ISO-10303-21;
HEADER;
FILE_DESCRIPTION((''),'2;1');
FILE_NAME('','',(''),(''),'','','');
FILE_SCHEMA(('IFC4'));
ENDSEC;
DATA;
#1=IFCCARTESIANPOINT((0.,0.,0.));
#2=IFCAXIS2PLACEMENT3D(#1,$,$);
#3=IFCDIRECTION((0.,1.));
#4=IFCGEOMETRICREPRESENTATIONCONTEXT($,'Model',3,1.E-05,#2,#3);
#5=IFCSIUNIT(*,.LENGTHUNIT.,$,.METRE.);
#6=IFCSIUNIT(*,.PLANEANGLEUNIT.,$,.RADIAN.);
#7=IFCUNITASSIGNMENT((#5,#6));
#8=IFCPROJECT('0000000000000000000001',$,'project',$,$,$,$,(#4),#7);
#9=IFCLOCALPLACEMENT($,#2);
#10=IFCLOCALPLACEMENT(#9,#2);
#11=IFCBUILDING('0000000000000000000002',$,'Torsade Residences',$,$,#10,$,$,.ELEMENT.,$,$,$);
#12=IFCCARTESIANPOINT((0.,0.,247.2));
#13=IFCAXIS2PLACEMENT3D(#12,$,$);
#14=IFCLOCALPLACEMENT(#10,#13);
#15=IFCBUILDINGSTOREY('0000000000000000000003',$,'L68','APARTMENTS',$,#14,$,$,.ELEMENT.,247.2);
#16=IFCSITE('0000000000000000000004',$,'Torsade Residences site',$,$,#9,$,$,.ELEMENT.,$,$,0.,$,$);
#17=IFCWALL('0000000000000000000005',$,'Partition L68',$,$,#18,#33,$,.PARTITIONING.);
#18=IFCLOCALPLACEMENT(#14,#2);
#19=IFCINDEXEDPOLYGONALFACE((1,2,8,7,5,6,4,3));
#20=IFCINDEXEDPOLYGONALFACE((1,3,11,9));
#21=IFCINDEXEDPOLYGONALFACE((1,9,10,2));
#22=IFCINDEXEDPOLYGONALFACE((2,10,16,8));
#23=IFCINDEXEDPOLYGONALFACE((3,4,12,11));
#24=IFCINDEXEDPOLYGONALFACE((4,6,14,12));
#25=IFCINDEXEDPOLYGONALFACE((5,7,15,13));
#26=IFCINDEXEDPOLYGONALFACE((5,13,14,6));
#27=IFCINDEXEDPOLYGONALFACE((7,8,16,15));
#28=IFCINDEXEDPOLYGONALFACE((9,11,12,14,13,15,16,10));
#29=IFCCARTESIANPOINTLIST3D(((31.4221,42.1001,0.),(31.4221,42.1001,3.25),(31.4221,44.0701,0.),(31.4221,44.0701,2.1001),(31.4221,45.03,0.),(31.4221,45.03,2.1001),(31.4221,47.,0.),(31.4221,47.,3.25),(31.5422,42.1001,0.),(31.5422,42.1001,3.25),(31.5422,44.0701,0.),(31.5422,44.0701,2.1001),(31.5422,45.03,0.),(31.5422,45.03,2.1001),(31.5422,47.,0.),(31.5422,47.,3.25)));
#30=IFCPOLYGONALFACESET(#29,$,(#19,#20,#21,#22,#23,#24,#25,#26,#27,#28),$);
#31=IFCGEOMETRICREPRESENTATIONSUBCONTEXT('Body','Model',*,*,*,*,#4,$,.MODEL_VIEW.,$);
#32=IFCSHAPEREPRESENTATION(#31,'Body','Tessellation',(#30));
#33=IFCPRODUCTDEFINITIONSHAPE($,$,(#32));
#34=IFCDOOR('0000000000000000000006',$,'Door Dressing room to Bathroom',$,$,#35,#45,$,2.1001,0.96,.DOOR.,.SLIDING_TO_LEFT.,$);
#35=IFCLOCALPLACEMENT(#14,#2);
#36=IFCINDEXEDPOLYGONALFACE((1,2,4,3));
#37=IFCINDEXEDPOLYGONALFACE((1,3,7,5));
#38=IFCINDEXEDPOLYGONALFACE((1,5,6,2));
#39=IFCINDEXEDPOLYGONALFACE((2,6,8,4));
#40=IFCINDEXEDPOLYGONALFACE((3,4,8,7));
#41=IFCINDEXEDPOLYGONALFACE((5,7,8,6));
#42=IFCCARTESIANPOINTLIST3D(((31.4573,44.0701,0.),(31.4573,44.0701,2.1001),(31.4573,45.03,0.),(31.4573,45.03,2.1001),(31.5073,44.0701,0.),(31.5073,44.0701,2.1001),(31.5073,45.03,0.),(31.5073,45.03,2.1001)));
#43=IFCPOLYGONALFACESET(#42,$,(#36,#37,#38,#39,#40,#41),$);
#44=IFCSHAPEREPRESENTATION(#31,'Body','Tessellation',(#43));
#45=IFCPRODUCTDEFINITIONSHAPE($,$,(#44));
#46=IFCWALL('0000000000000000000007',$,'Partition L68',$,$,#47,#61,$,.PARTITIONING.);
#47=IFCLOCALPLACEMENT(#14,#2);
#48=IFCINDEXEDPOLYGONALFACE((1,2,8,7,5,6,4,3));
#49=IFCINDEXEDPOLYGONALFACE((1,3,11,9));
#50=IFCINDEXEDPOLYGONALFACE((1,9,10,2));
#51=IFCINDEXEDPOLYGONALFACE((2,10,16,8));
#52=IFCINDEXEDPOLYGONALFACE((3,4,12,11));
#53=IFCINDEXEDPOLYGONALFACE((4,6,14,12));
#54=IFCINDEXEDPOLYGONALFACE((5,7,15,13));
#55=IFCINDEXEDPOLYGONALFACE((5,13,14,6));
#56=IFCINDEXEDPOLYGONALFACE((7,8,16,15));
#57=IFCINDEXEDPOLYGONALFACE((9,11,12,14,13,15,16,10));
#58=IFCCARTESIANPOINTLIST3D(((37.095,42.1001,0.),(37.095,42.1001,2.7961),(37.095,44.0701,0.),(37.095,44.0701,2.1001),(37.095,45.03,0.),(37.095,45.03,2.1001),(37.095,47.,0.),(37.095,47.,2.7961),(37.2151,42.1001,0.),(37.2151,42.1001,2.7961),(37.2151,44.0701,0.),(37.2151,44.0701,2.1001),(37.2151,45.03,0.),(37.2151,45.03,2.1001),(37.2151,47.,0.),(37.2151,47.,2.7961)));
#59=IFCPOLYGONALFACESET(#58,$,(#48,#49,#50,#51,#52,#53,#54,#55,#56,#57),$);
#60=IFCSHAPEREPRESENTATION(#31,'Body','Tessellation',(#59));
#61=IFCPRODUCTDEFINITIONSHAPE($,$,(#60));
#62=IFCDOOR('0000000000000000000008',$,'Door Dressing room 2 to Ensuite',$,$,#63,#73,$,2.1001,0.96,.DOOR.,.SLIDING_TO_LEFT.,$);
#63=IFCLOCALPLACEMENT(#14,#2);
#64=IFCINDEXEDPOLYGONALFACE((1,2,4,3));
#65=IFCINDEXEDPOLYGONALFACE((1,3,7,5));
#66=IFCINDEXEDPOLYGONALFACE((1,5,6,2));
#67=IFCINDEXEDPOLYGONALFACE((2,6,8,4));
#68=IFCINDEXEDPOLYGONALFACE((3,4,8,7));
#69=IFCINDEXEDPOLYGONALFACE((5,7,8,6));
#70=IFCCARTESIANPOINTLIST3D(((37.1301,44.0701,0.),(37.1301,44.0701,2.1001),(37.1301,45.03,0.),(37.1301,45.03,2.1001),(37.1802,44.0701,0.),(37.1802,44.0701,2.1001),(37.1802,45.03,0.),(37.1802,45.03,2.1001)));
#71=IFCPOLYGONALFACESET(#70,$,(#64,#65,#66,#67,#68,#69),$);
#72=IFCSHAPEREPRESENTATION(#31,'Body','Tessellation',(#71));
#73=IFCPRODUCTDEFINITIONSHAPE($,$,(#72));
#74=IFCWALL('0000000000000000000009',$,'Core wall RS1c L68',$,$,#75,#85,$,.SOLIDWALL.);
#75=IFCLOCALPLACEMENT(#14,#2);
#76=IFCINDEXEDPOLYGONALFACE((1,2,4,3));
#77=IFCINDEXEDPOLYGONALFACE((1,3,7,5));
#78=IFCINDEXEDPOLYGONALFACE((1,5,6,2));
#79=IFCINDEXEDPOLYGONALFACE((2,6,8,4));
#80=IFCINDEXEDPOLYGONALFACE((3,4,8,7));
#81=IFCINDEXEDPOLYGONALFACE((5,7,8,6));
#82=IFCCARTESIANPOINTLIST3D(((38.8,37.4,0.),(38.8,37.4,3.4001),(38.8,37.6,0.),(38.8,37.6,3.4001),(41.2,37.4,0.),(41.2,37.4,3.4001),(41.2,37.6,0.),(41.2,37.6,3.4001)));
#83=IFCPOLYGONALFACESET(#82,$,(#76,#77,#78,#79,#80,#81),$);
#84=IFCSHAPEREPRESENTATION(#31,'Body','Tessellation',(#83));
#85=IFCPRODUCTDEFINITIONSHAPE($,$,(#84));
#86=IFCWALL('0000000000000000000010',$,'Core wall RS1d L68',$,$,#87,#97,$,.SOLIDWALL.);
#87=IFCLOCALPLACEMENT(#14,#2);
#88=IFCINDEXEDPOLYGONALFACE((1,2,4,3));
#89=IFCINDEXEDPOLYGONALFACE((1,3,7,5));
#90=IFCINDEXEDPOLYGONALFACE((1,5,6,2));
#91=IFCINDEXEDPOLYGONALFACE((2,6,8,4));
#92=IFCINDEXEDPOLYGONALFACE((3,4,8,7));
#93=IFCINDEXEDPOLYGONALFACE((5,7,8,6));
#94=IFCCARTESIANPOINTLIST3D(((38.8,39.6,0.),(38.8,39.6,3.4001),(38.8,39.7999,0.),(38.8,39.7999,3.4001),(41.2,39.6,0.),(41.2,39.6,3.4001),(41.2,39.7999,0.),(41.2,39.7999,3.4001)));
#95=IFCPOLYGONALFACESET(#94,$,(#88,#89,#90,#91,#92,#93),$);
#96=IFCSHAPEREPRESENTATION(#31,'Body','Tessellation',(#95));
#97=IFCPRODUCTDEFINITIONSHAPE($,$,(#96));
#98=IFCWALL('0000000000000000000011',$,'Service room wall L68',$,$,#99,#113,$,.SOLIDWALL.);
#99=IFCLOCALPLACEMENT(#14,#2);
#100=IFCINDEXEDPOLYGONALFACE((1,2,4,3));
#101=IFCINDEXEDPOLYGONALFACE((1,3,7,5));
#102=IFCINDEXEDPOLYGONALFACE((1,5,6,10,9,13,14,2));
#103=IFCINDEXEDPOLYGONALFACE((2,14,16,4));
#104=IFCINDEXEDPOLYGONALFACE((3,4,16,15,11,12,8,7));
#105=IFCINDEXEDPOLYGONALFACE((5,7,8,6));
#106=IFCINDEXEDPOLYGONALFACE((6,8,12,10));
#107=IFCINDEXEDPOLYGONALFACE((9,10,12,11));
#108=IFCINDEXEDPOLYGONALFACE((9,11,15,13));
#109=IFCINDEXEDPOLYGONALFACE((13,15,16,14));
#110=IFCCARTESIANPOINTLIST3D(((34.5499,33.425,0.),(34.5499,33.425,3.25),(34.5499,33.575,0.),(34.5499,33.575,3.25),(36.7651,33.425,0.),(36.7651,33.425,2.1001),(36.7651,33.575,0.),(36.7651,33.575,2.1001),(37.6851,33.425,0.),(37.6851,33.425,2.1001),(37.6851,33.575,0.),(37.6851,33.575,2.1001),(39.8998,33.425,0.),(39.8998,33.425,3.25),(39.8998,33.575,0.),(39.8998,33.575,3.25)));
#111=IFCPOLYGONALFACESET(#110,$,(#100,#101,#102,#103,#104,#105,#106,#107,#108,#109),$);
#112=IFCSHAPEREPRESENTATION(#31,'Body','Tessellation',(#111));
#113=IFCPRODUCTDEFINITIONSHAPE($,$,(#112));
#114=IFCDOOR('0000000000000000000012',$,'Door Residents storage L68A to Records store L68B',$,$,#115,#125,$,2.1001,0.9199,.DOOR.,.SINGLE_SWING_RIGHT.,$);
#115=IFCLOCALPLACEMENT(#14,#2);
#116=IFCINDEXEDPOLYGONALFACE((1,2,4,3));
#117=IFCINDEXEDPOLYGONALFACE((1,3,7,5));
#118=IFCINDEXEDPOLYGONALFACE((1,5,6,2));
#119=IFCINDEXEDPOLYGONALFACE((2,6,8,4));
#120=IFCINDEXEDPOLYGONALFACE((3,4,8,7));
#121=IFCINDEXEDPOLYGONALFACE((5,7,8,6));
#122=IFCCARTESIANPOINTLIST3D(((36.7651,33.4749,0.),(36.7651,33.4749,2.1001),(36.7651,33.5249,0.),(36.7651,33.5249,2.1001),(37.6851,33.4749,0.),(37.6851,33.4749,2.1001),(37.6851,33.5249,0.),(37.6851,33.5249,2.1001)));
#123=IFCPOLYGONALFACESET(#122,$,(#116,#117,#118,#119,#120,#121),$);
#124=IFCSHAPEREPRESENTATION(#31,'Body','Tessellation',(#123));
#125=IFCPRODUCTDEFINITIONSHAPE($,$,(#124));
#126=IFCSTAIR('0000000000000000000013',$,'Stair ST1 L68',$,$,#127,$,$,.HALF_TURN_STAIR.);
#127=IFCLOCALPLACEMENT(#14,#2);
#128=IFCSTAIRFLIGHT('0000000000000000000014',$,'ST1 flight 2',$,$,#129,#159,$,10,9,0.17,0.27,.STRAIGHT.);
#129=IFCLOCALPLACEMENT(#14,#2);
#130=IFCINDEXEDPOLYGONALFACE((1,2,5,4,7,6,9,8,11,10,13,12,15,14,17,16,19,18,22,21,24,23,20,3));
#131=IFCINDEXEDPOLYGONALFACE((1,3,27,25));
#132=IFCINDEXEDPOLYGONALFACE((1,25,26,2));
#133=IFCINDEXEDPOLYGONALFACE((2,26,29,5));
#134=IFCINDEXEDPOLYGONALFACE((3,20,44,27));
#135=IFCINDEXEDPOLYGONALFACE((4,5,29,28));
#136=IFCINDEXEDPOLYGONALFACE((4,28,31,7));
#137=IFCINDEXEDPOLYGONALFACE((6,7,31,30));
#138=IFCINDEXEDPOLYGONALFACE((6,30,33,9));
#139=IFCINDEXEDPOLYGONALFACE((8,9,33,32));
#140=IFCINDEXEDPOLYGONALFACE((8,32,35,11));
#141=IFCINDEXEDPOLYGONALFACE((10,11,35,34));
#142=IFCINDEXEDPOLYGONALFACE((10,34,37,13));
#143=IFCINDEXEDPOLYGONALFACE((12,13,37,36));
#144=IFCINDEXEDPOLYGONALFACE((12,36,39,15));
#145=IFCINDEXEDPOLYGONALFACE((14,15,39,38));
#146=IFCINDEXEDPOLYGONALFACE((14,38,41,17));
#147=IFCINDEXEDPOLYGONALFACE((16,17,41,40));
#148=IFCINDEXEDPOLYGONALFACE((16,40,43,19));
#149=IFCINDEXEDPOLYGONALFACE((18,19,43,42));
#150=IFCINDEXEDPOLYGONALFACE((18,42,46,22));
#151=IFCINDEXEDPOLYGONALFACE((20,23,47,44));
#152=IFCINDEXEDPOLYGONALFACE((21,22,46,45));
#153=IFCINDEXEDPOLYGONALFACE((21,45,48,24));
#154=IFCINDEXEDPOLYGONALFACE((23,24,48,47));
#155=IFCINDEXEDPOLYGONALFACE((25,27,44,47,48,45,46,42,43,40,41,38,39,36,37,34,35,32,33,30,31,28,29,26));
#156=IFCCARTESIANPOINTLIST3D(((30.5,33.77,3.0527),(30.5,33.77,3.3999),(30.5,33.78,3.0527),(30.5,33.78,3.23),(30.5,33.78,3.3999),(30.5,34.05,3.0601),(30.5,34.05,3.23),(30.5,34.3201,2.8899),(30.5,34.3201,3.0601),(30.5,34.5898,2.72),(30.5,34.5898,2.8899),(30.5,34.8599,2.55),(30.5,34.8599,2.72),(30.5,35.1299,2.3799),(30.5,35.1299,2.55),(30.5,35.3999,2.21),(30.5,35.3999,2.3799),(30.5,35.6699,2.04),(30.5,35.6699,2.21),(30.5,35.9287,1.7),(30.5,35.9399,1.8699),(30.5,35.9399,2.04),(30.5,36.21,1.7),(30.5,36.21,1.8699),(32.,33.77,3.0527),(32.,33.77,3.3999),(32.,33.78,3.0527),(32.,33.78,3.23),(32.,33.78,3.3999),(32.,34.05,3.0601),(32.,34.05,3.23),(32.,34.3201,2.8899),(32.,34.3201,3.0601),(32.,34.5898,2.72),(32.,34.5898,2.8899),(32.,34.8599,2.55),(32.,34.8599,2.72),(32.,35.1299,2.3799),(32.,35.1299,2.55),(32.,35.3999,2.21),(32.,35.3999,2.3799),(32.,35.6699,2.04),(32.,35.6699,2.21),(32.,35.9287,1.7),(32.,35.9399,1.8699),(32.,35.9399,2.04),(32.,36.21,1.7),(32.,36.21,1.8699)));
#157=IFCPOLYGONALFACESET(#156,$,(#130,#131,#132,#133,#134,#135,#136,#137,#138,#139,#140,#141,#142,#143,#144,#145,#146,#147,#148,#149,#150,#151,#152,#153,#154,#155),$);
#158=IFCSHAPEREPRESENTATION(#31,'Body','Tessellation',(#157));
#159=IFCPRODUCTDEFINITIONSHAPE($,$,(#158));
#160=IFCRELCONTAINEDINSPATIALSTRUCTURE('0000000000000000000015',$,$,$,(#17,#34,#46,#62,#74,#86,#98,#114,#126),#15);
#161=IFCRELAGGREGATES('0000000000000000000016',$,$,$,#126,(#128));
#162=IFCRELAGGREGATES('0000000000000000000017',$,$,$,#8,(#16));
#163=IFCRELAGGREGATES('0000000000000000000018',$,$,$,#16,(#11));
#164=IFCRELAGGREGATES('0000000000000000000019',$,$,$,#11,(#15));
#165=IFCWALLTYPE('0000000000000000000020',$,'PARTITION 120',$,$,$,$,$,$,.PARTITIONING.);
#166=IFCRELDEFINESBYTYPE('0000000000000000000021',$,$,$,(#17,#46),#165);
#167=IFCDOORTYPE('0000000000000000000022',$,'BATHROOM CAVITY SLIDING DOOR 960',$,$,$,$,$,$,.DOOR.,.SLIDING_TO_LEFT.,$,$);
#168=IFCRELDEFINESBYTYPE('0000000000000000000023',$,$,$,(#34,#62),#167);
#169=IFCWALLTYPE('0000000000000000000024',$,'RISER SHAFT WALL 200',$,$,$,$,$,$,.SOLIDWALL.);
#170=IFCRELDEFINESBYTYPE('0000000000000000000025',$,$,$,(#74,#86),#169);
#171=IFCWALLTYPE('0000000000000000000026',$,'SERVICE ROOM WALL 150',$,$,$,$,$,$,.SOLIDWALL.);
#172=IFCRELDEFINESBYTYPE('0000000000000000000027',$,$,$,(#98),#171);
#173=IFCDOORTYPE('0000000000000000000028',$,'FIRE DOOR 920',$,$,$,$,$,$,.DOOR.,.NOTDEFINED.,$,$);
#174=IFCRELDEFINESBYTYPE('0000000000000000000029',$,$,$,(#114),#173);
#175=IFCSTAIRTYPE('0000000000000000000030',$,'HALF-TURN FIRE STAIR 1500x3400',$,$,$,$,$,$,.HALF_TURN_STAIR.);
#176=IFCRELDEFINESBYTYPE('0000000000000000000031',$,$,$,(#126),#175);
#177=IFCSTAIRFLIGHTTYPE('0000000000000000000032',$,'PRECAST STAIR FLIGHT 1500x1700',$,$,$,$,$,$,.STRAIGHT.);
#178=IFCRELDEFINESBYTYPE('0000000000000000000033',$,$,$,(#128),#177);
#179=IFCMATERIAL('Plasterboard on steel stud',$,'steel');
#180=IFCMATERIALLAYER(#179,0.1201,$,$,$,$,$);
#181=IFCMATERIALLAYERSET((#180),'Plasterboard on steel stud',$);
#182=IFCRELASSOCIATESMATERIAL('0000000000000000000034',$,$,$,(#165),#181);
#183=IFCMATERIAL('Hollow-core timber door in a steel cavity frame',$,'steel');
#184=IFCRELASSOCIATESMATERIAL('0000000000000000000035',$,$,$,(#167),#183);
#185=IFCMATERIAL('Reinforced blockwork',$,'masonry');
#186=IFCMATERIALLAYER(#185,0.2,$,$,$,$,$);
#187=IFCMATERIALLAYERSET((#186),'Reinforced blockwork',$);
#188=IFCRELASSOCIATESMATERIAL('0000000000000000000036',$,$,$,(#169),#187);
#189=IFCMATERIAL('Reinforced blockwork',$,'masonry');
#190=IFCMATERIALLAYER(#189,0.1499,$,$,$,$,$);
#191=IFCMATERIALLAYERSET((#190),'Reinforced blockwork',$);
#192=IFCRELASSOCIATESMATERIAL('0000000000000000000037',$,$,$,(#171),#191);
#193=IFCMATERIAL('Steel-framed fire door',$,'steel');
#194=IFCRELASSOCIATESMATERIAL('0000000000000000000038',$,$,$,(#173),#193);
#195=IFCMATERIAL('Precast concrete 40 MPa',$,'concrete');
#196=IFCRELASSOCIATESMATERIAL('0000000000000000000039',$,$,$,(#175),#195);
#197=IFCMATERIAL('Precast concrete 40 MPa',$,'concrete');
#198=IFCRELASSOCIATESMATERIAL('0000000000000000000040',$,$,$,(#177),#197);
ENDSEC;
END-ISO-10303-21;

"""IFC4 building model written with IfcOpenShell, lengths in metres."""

from ifc_helpers import new_model, si_unit, direction, frame, frame_2d, origin, place, context, subcontext, project, spatial, polyline, rectangle, outline, extrude, material, layer, layer_set, type_object, element, fill, aggregate, save


model = new_model("IFC4")

# Units and contexts
model_context = context("Model", 3, precision=1e-05, world=origin(), true_north=direction((0.0, 1.0)))
body_context = subcontext(model_context, "Body", "Model", "MODEL_VIEW")
ifc_project = project(units=[si_unit("LENGTHUNIT", "METRE"), si_unit("PLANEANGLEUNIT", "RADIAN")], contexts=[model_context])

# Site, building, storey
site_placement = place(None, origin())
site = spatial("IfcSite", under=ifc_project, at=site_placement, Name="Torsade Residences site", CompositionType="ELEMENT", RefElevation=0.0)
building_placement = place(site_placement, origin())
building = spatial("IfcBuilding", under=site, at=building_placement, Name="Torsade Residences", CompositionType="ELEMENT")
storey_placement = place(building_placement, frame((0.0, 0.0, 247.2)))
storey = spatial("IfcBuildingStorey", under=building, at=storey_placement, Name="L68", Description="APARTMENTS", CompositionType="ELEMENT", Elevation=247.2)

# Walls, openings, doors
ifc_material_1 = material(Name="Plasterboard on steel stud", Category="steel")
ifc_layer_1 = layer(ifc_material_1, 0.1201)
ifc_layer_set_1 = layer_set([ifc_layer_1], Name="Plasterboard on steel stud")
wall_type_1 = type_object("IfcWallType", Name="PARTITION 120", PredefinedType="PARTITIONING", material=ifc_layer_set_1)
wall_1_placement = place(storey_placement, frame((31.4822, 42.1001, 0.0), z_axis=(0.0, 0.0, 1.0), x_axis=(0.0, 1.0, 0.0)))
wall_1 = element("IfcWall", 1, at=wall_1_placement, inside=storey, type_object=wall_type_1, Name="Partition L68", PredefinedType="PARTITIONING", context=body_context, shape_type="SweptSolid", body=[
    extrude(rectangle(XDim=4.8999, YDim=0.1201, at=frame_2d((2.45, 0.0))), origin(), (0.0, 0.0, 1.0), 3.25),
])
opening_1_placement = place(wall_1_placement, frame((1.97, 0.0, 0.0)))
opening_1 = element("IfcOpeningElement", 2, at=opening_1_placement, cuts=wall_1, PredefinedType="OPENING", context=body_context, shape_type="SweptSolid", body=[
    extrude(rectangle(XDim=0.96, YDim=2.1001, at=frame_2d((0.48, 1.05))), frame((0.0, 0.0701, 0.0), z_axis=(0.0, -1.0, 0.0), x_axis=(1.0, 0.0, 0.0)), (0.0, 0.0, 1.0), 0.1401),
])
ifc_material_2 = material(Name="Hollow-core timber door in a steel cavity frame", Category="steel")
door_type_1 = type_object("IfcDoorType", Name="BATHROOM CAVITY SLIDING DOOR 960", OperationType="SLIDING_TO_LEFT", PredefinedType="DOOR", material=ifc_material_2)
door_1_placement = place(opening_1_placement, origin())
door_1 = element("IfcDoor", 3, at=door_1_placement, inside=storey, type_object=door_type_1, Name="Door Dressing room to Bathroom", OperationType="SLIDING_TO_LEFT", OverallHeight=2.1001, OverallWidth=0.96, PredefinedType="DOOR", context=body_context, shape_type="SweptSolid", body=[
    extrude(rectangle(XDim=0.96, YDim=2.1001, at=frame_2d((0.48, 1.05))), frame((0.0, 0.0249, 0.0), z_axis=(0.0, -1.0, 0.0), x_axis=(1.0, 0.0, 0.0)), (0.0, 0.0, 1.0), 0.05),
])
fill(opening_1, door_1)
wall_2_placement = place(storey_placement, frame((37.155, 42.1001, 0.0), z_axis=(0.0, 0.0, 1.0), x_axis=(0.0, 1.0, 0.0)))
wall_2 = element("IfcWall", 4, at=wall_2_placement, inside=storey, type_object=wall_type_1, Name="Partition L68", PredefinedType="PARTITIONING", context=body_context, shape_type="SweptSolid", body=[
    extrude(rectangle(XDim=4.8999, YDim=0.1201, at=frame_2d((2.45, 0.0))), origin(), (0.0, 0.0, 1.0), 2.7961),
])
opening_2_placement = place(wall_2_placement, frame((1.97, 0.0, 0.0)))
opening_2 = element("IfcOpeningElement", 5, at=opening_2_placement, cuts=wall_2, PredefinedType="OPENING", context=body_context, shape_type="SweptSolid", body=[
    extrude(rectangle(XDim=0.96, YDim=2.1001, at=frame_2d((0.48, 1.05))), frame((0.0, 0.0701, 0.0), z_axis=(0.0, -1.0, 0.0), x_axis=(1.0, 0.0, 0.0)), (0.0, 0.0, 1.0), 0.1401),
])
door_2_placement = place(opening_2_placement, origin())
door_2 = element("IfcDoor", 6, at=door_2_placement, inside=storey, type_object=door_type_1, Name="Door Dressing room 2 to Ensuite", OperationType="SLIDING_TO_LEFT", OverallHeight=2.1001, OverallWidth=0.96, PredefinedType="DOOR", context=body_context, shape_type="SweptSolid", body=[
    extrude(rectangle(XDim=0.96, YDim=2.1001, at=frame_2d((0.48, 1.05))), frame((0.0, 0.0249, 0.0), z_axis=(0.0, -1.0, 0.0), x_axis=(1.0, 0.0, 0.0)), (0.0, 0.0, 1.0), 0.05),
])
fill(opening_2, door_2)

# Walls
ifc_material_3 = material(Name="Reinforced blockwork", Category="masonry")
ifc_layer_2 = layer(ifc_material_3, 0.2)
ifc_layer_set_2 = layer_set([ifc_layer_2], Name="Reinforced blockwork")
wall_type_2 = type_object("IfcWallType", Name="RISER SHAFT WALL 200", PredefinedType="SOLIDWALL", material=ifc_layer_set_2)
for number, where, z_axis, x_axis, name in (
    (7, (38.8, 37.5, 0.0), (0.0, 0.0, 1.0), (1.0, 0.0, 0.0), "Core wall RS1c L68"),
    (8, (38.8, 39.7, 0.0), (0.0, 0.0, 1.0), (1.0, 0.0, 0.0), "Core wall RS1d L68"),
):
    element("IfcWall", number, at=place(storey_placement, frame(where, z_axis=z_axis, x_axis=x_axis)), inside=storey, type_object=wall_type_2, Name=name, PredefinedType="SOLIDWALL", context=body_context, shape_type="SweptSolid", body=[
        extrude(rectangle(XDim=2.3999, YDim=0.2, at=frame_2d((1.2, 0.0))), origin(), (0.0, 0.0, 1.0), 3.4001),
    ])

# Wall, opening, door
ifc_material_4 = material(Name="Reinforced blockwork", Category="masonry")
ifc_layer_3 = layer(ifc_material_4, 0.1499)
ifc_layer_set_3 = layer_set([ifc_layer_3], Name="Reinforced blockwork")
wall_type_3 = type_object("IfcWallType", Name="SERVICE ROOM WALL 150", PredefinedType="SOLIDWALL", material=ifc_layer_set_3)
wall_3_placement = place(storey_placement, frame((34.55, 33.5, 0.0), z_axis=(0.0, 0.0, 1.0), x_axis=(1.0, 0.0, 0.0)))
wall_3 = element("IfcWall", 9, at=wall_3_placement, inside=storey, type_object=wall_type_3, Name="Service room wall L68", PredefinedType="SOLIDWALL", context=body_context, shape_type="SweptSolid", body=[
    extrude(rectangle(XDim=5.3499, YDim=0.1499, at=frame_2d((2.6748, 0.0))), origin(), (0.0, 0.0, 1.0), 3.25),
])
opening_3_placement = place(wall_3_placement, frame((2.2151, 0.0, 0.0)))
opening_3 = element("IfcOpeningElement", 10, at=opening_3_placement, cuts=wall_3, PredefinedType="OPENING", context=body_context, shape_type="SweptSolid", body=[
    extrude(rectangle(XDim=0.9199, YDim=2.1001, at=frame_2d((0.46, 1.05))), frame((0.0, 0.085, 0.0), z_axis=(0.0, -1.0, 0.0), x_axis=(1.0, 0.0, 0.0)), (0.0, 0.0, 1.0), 0.1699),
])
ifc_material_5 = material(Name="Steel-framed fire door", Category="steel")
door_type_2 = type_object("IfcDoorType", Name="FIRE DOOR 920", OperationType="NOTDEFINED", PredefinedType="DOOR", material=ifc_material_5)
door_3_placement = place(opening_3_placement, origin())
door_3 = element("IfcDoor", 11, at=door_3_placement, inside=storey, type_object=door_type_2, Name="Door Residents storage L68A to Records store L68B", OperationType="SINGLE_SWING_RIGHT", OverallHeight=2.1001, OverallWidth=0.9199, PredefinedType="DOOR", context=body_context, shape_type="SweptSolid", body=[
    extrude(rectangle(XDim=0.9199, YDim=2.1001, at=frame_2d((0.46, 1.05))), frame((0.0, 0.0249, 0.0), z_axis=(0.0, -1.0, 0.0), x_axis=(1.0, 0.0, 0.0)), (0.0, 0.0, 1.0), 0.05),
])
fill(opening_3, door_3)

# Stair, stair flight
ifc_material_6 = material(Name="Precast concrete 40 MPa", Category="concrete")
stair_type = type_object("IfcStairType", Name="HALF-TURN FIRE STAIR 1500x3400", PredefinedType="HALF_TURN_STAIR", material=ifc_material_6)
stair_placement = place(storey_placement, origin())
stair = element("IfcStair", 12, at=stair_placement, inside=storey, type_object=stair_type, Name="Stair ST1 L68", PredefinedType="HALF_TURN_STAIR")
ifc_material_7 = material(Name="Precast concrete 40 MPa", Category="concrete")
stair_flight_type = type_object("IfcStairFlightType", Name="PRECAST STAIR FLIGHT 1500x1700", PredefinedType="STRAIGHT", material=ifc_material_7)
stair_flight_placement = place(storey_placement, frame((31.25, 36.21, 1.7), z_axis=(0.0, 0.0, 1.0), x_axis=(0.0, -1.0, 0.0)))
stair_flight = element("IfcStairFlight", 13, at=stair_flight_placement, type_object=stair_flight_type, Name="ST1 flight 2", NumberOfRisers=10, NumberOfTreads=9, PredefinedType="STRAIGHT", RiserHeight=0.17, TreadLength=0.27, context=body_context, shape_type="SweptSolid", body=[
    extrude(outline(polyline([(0.0, 0.0), (0.0, 0.1699), (0.27, 0.1699), (0.27, 0.3401), (0.54, 0.3401), (0.54, 0.51), (0.8101, 0.51), (0.8101, 0.6799), (1.0801, 0.6799), (1.0801, 0.8501), (1.3501, 0.8501), (1.3501, 1.02), (1.6201, 1.02), (1.6201, 1.1899), (1.8899, 1.1899), (1.8899, 1.3601), (2.1599, 1.3601), (2.1599, 1.53), (2.4299, 1.53), (2.4299, 1.7), (2.4399, 1.7), (2.4399, 1.3528), (2.4299, 1.3528), (0.2812, 0.0), (0.0, 0.0)])), frame((0.0, 0.75, 0.0), z_axis=(0.0, -1.0, 0.0), x_axis=(1.0, 0.0, 0.0)), (0.0, 0.0, 1.0), 1.5),
])
aggregate(stair, [stair_flight])

save(model, "model.ifc")
